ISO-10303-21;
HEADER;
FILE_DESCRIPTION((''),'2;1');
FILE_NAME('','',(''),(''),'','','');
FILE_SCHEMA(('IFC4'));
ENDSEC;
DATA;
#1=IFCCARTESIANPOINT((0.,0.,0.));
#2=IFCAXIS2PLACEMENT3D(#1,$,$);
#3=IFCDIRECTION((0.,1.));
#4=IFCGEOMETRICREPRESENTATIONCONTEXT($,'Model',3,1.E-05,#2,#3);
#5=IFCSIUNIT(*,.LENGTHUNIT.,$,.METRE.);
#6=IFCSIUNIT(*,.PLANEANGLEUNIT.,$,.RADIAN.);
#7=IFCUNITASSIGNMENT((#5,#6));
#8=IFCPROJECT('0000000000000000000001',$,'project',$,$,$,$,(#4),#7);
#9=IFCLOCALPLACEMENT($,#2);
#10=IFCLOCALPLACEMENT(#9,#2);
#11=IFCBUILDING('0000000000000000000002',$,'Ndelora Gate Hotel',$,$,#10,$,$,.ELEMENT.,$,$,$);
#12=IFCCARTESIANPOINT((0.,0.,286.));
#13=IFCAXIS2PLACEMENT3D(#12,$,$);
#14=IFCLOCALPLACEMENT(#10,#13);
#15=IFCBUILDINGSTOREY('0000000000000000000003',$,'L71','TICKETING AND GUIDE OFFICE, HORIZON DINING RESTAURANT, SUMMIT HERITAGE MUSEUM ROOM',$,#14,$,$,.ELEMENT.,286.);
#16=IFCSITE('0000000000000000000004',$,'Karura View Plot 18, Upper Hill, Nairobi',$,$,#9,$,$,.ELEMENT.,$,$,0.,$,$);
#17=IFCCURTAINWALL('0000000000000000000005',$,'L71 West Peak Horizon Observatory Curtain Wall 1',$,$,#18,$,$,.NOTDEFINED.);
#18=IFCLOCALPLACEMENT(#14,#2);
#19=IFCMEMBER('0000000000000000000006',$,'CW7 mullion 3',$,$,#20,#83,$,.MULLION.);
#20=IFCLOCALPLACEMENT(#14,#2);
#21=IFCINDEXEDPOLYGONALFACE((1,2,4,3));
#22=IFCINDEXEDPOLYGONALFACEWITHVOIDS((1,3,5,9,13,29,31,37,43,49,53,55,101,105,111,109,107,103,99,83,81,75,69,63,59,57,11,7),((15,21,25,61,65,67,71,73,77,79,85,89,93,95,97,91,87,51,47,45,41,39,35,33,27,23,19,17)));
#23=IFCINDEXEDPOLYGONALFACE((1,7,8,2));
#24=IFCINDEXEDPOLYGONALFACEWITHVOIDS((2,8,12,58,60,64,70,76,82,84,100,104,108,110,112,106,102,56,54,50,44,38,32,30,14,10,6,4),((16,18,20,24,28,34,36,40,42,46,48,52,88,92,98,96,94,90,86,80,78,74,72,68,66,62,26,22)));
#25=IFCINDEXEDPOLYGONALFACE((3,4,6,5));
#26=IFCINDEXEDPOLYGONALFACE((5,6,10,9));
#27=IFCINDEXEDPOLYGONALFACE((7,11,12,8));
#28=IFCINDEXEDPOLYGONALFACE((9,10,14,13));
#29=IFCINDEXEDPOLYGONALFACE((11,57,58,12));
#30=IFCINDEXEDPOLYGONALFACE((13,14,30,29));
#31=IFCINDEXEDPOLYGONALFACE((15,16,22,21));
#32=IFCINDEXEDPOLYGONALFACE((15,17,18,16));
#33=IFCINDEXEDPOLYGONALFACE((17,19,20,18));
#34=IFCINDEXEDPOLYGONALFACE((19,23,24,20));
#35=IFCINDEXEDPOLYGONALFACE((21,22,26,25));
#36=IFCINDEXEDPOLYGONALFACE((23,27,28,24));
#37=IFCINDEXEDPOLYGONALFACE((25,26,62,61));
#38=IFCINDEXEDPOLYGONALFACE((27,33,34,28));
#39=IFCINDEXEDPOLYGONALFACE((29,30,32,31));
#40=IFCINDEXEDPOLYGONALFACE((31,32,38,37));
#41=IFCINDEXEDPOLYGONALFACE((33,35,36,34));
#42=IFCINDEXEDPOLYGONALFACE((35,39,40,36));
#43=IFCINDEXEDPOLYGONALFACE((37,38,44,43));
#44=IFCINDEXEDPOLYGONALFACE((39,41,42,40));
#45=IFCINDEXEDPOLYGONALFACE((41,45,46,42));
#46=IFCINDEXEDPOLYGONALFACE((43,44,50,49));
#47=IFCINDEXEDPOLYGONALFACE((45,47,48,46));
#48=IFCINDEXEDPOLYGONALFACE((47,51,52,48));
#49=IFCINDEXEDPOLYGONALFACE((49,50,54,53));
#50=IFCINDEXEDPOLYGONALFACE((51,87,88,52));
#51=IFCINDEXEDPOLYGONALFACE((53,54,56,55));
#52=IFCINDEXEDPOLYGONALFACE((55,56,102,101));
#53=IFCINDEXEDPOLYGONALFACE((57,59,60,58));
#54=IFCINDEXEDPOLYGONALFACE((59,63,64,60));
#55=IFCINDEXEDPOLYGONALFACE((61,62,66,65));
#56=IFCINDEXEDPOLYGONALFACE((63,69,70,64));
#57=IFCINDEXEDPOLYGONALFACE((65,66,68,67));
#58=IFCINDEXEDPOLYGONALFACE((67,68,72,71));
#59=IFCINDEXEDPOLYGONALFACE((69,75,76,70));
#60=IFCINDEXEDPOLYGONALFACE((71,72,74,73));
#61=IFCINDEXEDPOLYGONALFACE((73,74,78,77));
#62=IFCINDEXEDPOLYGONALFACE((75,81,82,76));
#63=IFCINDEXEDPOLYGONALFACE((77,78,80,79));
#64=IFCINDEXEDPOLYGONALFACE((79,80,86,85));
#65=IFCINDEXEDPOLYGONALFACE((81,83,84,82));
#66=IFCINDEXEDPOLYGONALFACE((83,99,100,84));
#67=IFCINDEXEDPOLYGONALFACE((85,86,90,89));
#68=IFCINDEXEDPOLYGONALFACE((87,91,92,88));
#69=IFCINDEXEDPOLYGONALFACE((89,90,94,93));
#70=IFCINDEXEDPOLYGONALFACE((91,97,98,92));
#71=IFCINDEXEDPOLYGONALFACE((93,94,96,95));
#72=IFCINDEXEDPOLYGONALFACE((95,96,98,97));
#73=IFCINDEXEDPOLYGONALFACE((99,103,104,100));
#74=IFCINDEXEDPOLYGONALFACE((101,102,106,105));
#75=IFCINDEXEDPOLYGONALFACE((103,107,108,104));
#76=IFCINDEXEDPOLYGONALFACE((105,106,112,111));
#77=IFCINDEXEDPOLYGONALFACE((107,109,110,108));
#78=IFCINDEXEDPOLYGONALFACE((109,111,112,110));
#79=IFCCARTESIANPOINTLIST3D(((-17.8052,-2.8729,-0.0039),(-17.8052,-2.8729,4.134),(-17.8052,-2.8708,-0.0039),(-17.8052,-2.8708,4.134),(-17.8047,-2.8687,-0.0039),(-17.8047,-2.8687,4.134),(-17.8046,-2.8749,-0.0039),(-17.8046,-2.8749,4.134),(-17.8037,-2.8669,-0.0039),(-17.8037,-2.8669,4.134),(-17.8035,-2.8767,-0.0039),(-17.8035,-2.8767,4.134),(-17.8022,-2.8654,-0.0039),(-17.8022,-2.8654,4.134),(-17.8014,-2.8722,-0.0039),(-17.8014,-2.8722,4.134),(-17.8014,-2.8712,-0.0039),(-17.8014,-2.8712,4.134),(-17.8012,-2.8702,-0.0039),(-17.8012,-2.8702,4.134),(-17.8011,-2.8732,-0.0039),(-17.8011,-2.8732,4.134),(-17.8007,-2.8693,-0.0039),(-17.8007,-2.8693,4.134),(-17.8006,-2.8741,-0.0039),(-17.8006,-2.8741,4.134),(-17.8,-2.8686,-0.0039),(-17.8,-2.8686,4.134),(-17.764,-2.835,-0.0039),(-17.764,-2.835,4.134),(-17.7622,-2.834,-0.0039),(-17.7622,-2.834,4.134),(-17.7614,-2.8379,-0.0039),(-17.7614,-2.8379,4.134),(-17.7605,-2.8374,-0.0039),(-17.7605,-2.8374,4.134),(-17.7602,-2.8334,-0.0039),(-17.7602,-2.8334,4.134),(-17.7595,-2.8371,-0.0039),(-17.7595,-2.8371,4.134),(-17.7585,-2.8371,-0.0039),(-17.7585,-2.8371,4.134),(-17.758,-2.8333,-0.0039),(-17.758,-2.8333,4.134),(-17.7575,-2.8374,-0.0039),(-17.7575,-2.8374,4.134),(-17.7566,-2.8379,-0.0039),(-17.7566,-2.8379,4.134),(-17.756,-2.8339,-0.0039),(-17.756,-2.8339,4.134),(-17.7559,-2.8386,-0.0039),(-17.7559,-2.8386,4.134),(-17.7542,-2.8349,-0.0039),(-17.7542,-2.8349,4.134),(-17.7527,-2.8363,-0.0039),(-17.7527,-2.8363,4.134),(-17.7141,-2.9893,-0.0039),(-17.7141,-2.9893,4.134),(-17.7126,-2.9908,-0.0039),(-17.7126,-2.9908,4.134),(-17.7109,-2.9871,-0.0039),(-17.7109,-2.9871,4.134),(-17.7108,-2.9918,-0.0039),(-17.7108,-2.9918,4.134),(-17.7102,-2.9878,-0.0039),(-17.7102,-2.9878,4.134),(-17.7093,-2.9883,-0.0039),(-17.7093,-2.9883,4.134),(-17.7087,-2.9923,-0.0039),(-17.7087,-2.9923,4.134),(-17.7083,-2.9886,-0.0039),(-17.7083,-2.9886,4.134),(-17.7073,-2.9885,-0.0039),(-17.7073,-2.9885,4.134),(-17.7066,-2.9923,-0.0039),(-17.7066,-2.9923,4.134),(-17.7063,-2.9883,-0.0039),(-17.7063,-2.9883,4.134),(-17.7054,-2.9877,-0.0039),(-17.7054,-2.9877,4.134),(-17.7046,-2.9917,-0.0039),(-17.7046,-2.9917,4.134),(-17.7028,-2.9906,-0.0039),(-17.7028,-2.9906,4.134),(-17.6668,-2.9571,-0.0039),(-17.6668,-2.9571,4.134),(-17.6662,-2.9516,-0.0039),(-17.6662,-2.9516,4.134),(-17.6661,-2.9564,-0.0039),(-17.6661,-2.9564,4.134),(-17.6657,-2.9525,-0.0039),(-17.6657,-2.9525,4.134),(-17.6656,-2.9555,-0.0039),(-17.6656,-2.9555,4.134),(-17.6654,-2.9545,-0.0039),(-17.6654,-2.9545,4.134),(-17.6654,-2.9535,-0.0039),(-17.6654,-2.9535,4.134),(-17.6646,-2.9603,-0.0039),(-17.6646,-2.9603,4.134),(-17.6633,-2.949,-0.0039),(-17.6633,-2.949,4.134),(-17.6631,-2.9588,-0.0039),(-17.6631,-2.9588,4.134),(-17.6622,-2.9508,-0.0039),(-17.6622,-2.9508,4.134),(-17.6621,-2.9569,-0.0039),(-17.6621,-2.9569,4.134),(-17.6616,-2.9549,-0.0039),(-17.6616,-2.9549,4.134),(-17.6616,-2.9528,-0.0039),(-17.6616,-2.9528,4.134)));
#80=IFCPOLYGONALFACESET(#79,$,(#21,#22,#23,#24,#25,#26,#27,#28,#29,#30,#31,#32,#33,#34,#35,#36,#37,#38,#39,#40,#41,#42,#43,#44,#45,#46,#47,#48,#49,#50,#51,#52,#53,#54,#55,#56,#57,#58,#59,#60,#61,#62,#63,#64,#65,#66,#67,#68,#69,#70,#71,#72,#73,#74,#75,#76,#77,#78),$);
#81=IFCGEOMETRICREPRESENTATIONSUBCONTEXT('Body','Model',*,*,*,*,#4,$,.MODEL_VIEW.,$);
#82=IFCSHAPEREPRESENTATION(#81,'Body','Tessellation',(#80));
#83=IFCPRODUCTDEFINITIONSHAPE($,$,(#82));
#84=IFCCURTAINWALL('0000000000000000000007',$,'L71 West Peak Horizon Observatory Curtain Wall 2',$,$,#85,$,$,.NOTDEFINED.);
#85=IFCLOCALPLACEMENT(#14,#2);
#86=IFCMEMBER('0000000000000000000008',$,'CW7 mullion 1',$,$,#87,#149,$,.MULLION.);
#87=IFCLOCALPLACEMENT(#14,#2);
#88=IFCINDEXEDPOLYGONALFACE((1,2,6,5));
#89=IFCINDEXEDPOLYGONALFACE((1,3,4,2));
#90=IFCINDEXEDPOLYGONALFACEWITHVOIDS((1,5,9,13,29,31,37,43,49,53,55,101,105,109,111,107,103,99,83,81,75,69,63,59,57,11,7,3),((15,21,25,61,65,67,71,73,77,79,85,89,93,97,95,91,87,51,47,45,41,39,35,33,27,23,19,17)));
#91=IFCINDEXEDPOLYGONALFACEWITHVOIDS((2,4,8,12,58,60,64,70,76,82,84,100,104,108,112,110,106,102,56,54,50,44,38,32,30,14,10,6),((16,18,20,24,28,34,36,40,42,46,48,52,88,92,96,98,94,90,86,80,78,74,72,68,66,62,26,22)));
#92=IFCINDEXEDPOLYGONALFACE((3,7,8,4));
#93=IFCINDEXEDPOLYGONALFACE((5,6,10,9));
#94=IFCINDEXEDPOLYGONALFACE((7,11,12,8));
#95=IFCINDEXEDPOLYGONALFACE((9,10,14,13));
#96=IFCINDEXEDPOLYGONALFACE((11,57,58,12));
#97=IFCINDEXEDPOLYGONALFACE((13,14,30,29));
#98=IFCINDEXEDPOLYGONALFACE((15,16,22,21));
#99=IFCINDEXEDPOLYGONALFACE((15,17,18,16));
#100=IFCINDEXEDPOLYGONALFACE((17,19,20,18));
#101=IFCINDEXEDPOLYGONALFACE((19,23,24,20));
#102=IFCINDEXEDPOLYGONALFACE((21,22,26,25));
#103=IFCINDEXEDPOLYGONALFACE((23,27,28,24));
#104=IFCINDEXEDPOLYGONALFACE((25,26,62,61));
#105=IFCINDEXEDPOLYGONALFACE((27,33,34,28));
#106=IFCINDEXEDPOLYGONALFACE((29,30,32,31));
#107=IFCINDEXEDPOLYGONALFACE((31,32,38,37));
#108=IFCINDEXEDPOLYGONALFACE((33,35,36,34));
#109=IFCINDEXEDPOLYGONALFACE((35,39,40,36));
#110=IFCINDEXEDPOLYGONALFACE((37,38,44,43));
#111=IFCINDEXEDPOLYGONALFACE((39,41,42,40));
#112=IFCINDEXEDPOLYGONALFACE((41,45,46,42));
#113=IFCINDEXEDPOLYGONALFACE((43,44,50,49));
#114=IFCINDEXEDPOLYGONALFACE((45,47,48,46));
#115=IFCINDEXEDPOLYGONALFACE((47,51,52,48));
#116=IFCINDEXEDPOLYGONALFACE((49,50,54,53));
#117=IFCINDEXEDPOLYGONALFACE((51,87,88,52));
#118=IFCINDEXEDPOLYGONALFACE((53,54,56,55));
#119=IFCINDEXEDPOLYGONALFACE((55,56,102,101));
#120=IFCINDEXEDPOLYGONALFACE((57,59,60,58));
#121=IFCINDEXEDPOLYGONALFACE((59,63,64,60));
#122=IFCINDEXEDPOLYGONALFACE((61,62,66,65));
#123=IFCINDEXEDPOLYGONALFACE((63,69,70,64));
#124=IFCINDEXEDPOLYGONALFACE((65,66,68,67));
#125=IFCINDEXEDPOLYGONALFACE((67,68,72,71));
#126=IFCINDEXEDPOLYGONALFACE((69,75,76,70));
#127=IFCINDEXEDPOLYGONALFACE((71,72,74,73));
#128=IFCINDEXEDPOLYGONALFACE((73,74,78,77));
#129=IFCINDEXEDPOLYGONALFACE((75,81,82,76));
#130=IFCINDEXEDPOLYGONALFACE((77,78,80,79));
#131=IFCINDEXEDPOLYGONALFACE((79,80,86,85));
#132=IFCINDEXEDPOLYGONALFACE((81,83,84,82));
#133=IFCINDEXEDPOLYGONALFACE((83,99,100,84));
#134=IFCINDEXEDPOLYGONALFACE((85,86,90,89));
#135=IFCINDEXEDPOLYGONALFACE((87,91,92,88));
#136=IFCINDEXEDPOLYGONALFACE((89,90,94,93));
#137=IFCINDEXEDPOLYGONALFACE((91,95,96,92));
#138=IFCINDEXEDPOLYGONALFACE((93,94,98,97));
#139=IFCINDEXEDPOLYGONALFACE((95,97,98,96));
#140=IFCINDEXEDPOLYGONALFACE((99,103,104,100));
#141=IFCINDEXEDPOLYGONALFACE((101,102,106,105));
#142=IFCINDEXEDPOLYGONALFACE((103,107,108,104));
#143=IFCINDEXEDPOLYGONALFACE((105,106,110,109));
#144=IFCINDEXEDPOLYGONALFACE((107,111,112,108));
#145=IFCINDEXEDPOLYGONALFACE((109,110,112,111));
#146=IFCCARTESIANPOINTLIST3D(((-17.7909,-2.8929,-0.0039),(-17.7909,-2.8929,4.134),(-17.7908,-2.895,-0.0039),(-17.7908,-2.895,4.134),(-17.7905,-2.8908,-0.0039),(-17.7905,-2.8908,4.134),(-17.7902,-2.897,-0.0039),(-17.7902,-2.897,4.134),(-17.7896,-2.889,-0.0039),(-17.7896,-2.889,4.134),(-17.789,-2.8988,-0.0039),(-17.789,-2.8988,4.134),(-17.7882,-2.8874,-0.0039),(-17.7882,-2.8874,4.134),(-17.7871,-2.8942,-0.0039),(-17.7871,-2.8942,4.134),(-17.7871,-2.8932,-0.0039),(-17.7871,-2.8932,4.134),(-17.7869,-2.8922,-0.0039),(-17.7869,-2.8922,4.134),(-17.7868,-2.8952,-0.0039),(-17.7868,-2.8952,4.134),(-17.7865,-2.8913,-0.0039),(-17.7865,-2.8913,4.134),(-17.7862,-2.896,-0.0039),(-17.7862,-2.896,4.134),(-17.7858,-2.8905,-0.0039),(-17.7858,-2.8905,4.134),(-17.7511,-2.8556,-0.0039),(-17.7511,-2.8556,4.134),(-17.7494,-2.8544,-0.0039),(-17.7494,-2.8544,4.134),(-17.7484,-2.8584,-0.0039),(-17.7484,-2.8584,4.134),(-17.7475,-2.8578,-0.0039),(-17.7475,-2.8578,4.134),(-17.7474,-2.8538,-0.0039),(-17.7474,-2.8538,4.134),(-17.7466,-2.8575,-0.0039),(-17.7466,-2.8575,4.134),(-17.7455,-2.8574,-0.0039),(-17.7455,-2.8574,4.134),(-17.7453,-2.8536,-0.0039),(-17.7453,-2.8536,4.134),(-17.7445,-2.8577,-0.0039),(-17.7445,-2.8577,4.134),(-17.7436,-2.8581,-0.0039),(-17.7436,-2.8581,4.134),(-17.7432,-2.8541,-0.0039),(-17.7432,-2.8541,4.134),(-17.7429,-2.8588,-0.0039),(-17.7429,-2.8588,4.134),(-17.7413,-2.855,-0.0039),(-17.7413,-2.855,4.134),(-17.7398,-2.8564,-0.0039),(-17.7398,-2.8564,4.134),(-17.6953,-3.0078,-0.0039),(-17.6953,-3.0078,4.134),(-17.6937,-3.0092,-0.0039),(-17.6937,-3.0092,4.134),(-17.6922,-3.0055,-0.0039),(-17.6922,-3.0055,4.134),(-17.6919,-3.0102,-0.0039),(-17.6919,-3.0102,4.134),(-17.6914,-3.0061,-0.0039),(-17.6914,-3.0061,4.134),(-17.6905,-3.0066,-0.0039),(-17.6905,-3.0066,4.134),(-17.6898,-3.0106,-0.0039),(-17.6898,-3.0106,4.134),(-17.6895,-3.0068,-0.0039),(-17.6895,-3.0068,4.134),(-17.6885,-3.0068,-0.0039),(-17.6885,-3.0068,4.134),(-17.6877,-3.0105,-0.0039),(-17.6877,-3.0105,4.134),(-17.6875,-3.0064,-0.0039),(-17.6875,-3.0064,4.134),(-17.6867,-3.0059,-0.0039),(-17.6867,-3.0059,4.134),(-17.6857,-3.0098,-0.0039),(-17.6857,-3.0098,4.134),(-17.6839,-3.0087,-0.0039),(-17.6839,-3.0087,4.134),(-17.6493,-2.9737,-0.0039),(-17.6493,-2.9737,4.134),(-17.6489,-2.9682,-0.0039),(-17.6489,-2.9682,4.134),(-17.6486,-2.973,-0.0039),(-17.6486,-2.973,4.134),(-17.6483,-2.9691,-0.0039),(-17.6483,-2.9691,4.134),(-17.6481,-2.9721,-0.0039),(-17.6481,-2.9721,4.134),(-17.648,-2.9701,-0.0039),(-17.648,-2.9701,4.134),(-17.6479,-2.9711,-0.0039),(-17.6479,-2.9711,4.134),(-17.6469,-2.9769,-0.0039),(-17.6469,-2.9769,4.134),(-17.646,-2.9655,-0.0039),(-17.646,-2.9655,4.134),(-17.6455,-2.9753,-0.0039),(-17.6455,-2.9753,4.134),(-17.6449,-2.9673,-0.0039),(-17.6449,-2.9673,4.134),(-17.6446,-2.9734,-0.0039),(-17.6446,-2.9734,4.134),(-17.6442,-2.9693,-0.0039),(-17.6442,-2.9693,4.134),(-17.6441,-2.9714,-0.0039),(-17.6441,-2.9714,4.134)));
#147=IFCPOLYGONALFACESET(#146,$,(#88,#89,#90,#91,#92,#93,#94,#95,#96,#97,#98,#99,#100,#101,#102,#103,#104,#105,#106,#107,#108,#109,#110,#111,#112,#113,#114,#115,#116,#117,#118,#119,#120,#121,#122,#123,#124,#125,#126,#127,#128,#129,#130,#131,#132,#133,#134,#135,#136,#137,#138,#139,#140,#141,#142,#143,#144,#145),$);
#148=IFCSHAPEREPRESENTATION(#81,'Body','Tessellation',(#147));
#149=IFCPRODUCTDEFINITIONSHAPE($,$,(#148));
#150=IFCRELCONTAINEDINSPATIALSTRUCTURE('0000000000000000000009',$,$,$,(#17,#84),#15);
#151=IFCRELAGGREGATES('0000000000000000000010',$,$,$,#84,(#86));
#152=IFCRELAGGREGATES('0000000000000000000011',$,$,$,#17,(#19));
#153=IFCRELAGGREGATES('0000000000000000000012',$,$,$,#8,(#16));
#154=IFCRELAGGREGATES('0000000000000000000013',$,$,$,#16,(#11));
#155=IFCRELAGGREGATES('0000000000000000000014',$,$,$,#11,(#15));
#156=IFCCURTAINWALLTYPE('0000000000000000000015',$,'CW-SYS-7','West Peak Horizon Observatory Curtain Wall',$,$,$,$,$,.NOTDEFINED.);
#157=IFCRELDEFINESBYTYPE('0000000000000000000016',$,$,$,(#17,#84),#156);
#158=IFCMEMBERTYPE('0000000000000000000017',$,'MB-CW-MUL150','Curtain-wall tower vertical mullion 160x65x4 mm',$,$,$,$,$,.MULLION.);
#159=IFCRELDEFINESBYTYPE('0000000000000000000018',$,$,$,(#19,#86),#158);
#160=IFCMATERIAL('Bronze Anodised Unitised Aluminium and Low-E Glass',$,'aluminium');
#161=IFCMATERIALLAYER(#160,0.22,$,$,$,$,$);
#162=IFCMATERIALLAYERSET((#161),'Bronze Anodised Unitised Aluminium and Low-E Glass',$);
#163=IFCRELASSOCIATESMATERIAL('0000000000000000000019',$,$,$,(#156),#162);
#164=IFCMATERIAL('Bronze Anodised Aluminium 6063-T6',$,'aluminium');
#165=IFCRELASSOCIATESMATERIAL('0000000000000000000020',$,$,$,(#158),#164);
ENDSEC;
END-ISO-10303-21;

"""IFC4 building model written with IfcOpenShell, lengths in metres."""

from ifc_helpers import new_model, si_unit, direction, frame, origin, origin_2d, place, context, subcontext, project, spatial, hollow_rectangle, extrude, material, layer, layer_set, material_profile, profile_set, type_object, element, aggregate, save


model = new_model("IFC4")

# Units and contexts
model_context = context("Model", 3, precision=1e-05, world=origin(), true_north=direction((0.0, 1.0)))
body_context = subcontext(model_context, "Body", "Model", "MODEL_VIEW")
ifc_project = project(units=[si_unit("LENGTHUNIT", "METRE"), si_unit("PLANEANGLEUNIT", "RADIAN")], contexts=[model_context])

# Site, building, storey
site_placement = place(None, origin())
site = spatial("IfcSite", under=ifc_project, at=site_placement, Name="Karura View Plot 18, Upper Hill, Nairobi", CompositionType="ELEMENT", RefElevation=0.0)
building_placement = place(site_placement, origin())
building = spatial("IfcBuilding", under=site, at=building_placement, Name="Ndelora Gate Hotel", CompositionType="ELEMENT")
storey_placement = place(building_placement, frame((0.0, 0.0, 286.0)))
storey = spatial("IfcBuildingStorey", under=building, at=storey_placement, Name="L71", Description="TICKETING AND GUIDE OFFICE, HORIZON DINING RESTAURANT, SUMMIT HERITAGE MUSEUM ROOM", CompositionType="ELEMENT", Elevation=286.0)

# Curtain wall, member
ifc_material_1 = material(Name="Bronze Anodised Unitised Aluminium and Low-E Glass", Category="aluminium")
ifc_layer_1 = layer(ifc_material_1, 0.22)
ifc_layer_set_1 = layer_set([ifc_layer_1], Name="Bronze Anodised Unitised Aluminium and Low-E Glass")
curtain_wall_type = type_object("IfcCurtainWallType", Name="CW-SYS-7", Description="West Peak Horizon Observatory Curtain Wall", PredefinedType="NOTDEFINED", material=ifc_layer_set_1)
curtain_wall_1_placement = place(storey_placement, origin())
curtain_wall_1 = element("IfcCurtainWall", 1, at=curtain_wall_1_placement, inside=storey, type_object=curtain_wall_type, Name="L71 West Peak Horizon Observatory Curtain Wall 1", PredefinedType="NOTDEFINED")
ifc_material_2 = material(Name="Bronze Anodised Aluminium 6063-T6", Category="aluminium")
ifc_material_profile_1 = material_profile(ifc_material_2, hollow_rectangle(XDim=0.0649, YDim=0.1599, WallThickness=0.0039, InnerFilletRadius=0.0039, OuterFilletRadius=0.0081, at=origin_2d()), Name="ALU 160x65x4")
ifc_profile_set_1 = profile_set([ifc_material_profile_1], Name="Bronze Anodised Aluminium 6063-T6")
member_type_1 = type_object("IfcMemberType", Name="MB-CW-MUL150", Description="Curtain-wall tower vertical mullion 160x65x4 mm", PredefinedType="MULLION", material=ifc_profile_set_1)
member_1_placement = place(storey_placement, frame((-17.7334, -2.9128, -0.0039), z_axis=(0.0, 0.0, 1.0), x_axis=(0.783317, 0.621622, 0.0)))
member_1 = element("IfcMember", 2, at=member_1_placement, type_object=member_type_1, Name="CW7 mullion 3", PredefinedType="MULLION", context=body_context, shape_type="SweptSolid", body=[
    extrude(hollow_rectangle(XDim=0.0649, YDim=0.1599, WallThickness=0.0039, InnerFilletRadius=0.0039, OuterFilletRadius=0.0081, at=origin_2d()), origin(), (0.0, 0.0, 1.0), 4.1379),
])

# Curtain wall, member
curtain_wall_2_placement = place(storey_placement, origin())
curtain_wall_2 = element("IfcCurtainWall", 3, at=curtain_wall_2_placement, inside=storey, type_object=curtain_wall_type, Name="L71 West Peak Horizon Observatory Curtain Wall 2", PredefinedType="NOTDEFINED")
member_2_placement = place(storey_placement, frame((-17.7175, -2.9321, -0.0039), z_axis=(0.0, 0.0, 1.0), x_axis=(0.75853, 0.651638, 0.0)))
member_2 = element("IfcMember", 4, at=member_2_placement, type_object=member_type_1, Name="CW7 mullion 1", PredefinedType="MULLION", context=body_context, shape_type="SweptSolid", body=[
    extrude(hollow_rectangle(XDim=0.0649, YDim=0.1599, WallThickness=0.0039, InnerFilletRadius=0.0039, OuterFilletRadius=0.0081, at=origin_2d()), origin(), (0.0, 0.0, 1.0), 4.1379),
])

aggregate(curtain_wall_2, [member_2])

aggregate(curtain_wall_1, [member_1])

save(model, "model.ifc")
